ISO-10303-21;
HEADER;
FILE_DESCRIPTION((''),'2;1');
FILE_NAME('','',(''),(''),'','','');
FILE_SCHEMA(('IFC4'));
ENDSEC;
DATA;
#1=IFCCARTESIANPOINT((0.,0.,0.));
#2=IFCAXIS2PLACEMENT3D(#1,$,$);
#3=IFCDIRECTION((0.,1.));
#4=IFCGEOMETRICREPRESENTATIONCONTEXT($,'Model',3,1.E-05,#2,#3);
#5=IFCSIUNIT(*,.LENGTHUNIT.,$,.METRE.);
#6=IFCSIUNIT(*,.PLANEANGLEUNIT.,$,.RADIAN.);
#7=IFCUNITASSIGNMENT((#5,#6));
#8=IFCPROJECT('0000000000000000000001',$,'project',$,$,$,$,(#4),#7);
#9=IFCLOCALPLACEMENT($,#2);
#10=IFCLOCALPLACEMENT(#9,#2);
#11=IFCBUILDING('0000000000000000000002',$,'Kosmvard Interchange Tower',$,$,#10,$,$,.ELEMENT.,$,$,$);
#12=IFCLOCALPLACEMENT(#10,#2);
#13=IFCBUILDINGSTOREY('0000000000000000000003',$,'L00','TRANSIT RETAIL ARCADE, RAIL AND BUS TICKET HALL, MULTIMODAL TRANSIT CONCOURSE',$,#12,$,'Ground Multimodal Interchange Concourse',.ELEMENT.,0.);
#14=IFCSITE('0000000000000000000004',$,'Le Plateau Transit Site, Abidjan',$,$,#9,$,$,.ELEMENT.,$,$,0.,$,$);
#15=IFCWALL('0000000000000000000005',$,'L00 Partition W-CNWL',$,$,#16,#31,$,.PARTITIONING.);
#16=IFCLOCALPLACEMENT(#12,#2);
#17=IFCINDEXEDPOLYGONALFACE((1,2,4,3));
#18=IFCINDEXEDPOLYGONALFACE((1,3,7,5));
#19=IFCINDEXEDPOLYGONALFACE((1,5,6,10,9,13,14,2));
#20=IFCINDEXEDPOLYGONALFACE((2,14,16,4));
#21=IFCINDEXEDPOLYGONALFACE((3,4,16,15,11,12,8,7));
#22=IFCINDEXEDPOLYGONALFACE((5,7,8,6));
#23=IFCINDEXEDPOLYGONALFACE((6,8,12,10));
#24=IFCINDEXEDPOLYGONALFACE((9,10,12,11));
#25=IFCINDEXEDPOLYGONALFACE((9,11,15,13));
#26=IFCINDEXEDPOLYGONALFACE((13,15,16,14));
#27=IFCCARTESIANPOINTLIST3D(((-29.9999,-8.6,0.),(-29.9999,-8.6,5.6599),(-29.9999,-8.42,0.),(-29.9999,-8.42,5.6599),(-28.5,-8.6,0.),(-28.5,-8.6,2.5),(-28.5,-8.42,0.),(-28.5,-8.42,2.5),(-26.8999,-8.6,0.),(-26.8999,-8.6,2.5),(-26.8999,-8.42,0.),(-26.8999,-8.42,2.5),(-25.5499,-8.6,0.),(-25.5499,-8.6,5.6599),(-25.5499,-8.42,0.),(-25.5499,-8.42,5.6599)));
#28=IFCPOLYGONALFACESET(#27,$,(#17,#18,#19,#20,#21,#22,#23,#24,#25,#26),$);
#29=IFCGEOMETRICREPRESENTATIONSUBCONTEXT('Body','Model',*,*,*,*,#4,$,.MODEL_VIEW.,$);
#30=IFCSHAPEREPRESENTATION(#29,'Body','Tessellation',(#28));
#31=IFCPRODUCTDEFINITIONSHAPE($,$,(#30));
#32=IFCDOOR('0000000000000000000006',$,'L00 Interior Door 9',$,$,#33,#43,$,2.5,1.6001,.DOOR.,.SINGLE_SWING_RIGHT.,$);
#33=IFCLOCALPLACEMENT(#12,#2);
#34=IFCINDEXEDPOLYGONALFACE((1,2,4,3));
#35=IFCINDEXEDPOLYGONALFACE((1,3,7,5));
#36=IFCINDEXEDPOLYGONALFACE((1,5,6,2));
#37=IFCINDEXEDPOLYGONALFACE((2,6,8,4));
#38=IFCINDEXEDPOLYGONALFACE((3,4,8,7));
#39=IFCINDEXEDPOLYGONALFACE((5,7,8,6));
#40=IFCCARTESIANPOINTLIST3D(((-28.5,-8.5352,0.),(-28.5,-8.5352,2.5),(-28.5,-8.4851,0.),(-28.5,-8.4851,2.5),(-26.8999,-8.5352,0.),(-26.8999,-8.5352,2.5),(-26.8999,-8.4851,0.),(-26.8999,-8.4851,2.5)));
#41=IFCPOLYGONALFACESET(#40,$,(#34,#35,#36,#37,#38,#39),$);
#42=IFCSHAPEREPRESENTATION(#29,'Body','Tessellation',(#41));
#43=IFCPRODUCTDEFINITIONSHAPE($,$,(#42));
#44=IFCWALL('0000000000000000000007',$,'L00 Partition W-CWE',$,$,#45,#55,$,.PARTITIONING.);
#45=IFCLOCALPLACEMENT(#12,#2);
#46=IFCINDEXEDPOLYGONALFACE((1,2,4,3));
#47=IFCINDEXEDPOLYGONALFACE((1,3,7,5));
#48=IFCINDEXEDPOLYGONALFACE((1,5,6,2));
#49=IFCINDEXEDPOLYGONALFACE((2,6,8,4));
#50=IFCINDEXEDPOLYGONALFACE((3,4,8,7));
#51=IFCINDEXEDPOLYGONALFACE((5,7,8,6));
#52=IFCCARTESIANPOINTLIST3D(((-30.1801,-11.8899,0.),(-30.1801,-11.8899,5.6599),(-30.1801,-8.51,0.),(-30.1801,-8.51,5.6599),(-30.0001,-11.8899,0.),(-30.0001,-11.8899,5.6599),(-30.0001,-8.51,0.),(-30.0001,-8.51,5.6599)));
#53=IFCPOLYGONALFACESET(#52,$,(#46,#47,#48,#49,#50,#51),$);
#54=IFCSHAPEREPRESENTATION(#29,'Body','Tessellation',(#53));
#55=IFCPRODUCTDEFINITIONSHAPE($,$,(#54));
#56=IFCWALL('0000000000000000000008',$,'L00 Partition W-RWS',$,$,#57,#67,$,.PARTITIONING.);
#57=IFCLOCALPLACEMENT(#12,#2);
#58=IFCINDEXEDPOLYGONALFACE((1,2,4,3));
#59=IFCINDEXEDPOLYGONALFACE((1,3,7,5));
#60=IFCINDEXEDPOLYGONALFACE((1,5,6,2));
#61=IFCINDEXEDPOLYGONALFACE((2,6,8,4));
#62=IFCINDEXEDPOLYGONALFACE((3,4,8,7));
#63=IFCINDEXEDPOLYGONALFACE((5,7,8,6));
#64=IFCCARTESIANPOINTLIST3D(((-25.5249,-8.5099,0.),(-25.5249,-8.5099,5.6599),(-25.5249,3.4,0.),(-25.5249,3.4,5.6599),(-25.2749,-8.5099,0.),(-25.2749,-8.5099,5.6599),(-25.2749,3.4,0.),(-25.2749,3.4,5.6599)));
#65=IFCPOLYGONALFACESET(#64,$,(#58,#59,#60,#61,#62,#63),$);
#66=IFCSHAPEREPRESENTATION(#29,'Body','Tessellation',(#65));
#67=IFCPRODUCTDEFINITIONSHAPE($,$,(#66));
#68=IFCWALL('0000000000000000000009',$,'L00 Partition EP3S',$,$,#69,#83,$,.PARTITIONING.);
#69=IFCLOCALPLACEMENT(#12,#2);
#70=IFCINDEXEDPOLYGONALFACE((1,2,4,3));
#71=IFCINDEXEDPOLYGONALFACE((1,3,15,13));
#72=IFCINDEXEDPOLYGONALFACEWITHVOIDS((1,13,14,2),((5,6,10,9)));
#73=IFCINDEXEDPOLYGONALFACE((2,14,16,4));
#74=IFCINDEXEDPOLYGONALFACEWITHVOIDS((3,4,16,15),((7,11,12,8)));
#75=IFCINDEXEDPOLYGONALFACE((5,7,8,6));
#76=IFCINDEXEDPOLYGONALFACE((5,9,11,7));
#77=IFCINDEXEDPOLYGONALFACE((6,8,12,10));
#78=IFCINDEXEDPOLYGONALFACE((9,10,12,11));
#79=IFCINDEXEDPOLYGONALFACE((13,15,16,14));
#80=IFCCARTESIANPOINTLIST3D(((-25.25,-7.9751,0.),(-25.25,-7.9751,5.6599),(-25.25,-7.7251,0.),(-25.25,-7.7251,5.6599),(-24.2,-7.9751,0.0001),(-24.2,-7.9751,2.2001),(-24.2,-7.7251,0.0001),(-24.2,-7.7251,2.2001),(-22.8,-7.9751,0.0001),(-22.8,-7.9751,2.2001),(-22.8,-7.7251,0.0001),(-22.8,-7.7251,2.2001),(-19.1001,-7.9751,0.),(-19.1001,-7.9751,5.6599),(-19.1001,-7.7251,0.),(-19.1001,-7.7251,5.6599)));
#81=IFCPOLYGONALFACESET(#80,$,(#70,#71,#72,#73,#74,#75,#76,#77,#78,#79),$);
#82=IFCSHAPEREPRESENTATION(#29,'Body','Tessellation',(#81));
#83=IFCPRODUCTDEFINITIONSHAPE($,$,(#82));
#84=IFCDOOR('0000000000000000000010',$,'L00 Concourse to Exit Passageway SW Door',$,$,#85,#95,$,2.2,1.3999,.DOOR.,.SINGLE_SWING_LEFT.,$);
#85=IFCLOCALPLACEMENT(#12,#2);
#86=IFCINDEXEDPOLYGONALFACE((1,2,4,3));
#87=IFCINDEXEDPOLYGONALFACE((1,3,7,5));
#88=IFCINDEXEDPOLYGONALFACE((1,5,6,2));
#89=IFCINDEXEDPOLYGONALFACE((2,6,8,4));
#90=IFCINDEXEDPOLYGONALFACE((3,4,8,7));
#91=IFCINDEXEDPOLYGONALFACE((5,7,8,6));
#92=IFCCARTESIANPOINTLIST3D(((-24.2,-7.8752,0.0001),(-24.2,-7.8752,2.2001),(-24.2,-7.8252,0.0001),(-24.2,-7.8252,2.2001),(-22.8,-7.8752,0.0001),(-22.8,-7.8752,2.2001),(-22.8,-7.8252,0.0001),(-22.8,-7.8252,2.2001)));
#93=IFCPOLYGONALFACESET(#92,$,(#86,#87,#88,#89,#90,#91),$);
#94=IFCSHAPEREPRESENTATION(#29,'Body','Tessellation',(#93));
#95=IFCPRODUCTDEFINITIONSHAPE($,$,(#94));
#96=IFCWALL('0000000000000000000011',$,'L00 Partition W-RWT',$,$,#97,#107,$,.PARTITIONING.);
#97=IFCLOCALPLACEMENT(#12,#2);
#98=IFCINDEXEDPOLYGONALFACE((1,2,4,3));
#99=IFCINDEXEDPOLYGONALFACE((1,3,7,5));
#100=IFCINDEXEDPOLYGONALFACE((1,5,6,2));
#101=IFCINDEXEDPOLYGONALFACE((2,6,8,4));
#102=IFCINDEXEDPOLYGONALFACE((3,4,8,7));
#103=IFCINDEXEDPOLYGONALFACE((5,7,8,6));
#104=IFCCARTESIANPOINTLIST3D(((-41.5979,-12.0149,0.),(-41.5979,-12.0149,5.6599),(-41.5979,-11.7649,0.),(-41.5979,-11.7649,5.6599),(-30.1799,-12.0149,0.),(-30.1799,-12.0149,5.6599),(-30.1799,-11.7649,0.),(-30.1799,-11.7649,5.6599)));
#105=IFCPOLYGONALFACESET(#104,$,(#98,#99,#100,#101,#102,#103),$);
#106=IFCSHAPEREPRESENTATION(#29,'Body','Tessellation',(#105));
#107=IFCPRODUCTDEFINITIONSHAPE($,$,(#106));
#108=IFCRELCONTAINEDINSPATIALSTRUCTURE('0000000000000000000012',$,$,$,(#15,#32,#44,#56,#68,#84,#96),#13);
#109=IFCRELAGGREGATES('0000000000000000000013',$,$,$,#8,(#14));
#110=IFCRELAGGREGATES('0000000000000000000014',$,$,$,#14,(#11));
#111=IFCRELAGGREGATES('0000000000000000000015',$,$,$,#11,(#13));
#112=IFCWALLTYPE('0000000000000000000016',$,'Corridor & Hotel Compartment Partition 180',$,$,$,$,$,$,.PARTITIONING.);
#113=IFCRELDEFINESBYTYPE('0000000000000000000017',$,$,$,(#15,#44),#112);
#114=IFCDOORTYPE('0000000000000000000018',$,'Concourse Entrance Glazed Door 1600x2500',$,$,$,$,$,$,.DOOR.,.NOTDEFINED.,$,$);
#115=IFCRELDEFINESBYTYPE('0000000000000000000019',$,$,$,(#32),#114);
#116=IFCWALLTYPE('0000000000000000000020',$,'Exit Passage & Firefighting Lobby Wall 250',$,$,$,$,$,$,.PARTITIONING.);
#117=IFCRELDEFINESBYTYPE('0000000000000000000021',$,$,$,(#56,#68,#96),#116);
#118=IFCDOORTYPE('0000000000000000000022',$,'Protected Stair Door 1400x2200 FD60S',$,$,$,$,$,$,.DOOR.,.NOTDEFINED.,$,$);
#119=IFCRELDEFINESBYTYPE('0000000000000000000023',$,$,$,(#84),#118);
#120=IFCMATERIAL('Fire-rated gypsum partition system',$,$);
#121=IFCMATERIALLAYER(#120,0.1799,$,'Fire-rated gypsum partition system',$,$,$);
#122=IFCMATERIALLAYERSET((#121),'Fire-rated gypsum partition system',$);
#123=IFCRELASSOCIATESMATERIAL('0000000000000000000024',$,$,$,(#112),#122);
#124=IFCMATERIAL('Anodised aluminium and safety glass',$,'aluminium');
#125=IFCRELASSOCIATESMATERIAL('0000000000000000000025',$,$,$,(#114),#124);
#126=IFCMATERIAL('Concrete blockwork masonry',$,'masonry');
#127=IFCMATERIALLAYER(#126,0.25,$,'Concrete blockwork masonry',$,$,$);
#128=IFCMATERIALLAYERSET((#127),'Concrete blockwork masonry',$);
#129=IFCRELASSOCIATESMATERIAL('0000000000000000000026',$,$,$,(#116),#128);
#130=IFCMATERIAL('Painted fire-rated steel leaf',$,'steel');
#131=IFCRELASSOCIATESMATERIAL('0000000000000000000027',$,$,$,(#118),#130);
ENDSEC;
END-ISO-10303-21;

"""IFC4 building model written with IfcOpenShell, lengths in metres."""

from ifc_helpers import new_model, si_unit, direction, frame, frame_2d, origin, place, context, subcontext, project, spatial, rectangle, extrude, source, transform, mapped, material, layer, layer_set, type_object, element, fill, save


model = new_model("IFC4")

# Units and contexts
model_context = context("Model", 3, precision=1e-05, world=origin(), true_north=direction((0.0, 1.0)))
body_context = subcontext(model_context, "Body", "Model", "MODEL_VIEW")
ifc_project = project(units=[si_unit("LENGTHUNIT", "METRE"), si_unit("PLANEANGLEUNIT", "RADIAN")], contexts=[model_context])

# Site, building, storey
site_placement = place(None, origin())
site = spatial("IfcSite", under=ifc_project, at=site_placement, Name="Le Plateau Transit Site, Abidjan", CompositionType="ELEMENT", RefElevation=0.0)
building_placement = place(site_placement, origin())
building = spatial("IfcBuilding", under=site, at=building_placement, Name="Kosmvard Interchange Tower", CompositionType="ELEMENT")
storey_placement = place(building_placement, origin())
storey = spatial("IfcBuildingStorey", under=building, at=storey_placement, Name="L00", Description="TRANSIT RETAIL ARCADE, RAIL AND BUS TICKET HALL, MULTIMODAL TRANSIT CONCOURSE", LongName="Ground Multimodal Interchange Concourse", CompositionType="ELEMENT", Elevation=0.0)

# Shared definitions
ifc_material_1 = material(Name="Fire-rated gypsum partition system")
ifc_layer_1 = layer(ifc_material_1, 0.1799, Name="Fire-rated gypsum partition system")
ifc_layer_set_1 = layer_set([ifc_layer_1], Name="Fire-rated gypsum partition system")
wall_type_1 = type_object("IfcWallType", Name="Corridor & Hotel Compartment Partition 180", PredefinedType="PARTITIONING", material=ifc_layer_set_1)
ifc_material_2 = material(Name="Painted fire-rated steel leaf", Category="steel")
ifc_material_3 = material(Name="Anodised aluminium and safety glass", Category="aluminium")
door_type_1 = type_object("IfcDoorType", Name="Concourse Entrance Glazed Door 1600x2500", OperationType="NOTDEFINED", PredefinedType="DOOR", material=ifc_material_3)
shared_shape_1 = source(origin(), body_context, "Body", "SweptSolid", [
    extrude(rectangle(XDim=1.6001, YDim=2.5, at=frame_2d((0.8, 1.25))), frame((0.0, 0.0249, 0.0), z_axis=(0.0, -1.0, 0.0), x_axis=(1.0, 0.0, 0.0)), (0.0, 0.0, 1.0), 0.05),
])

# Wall, opening, door
wall_1_placement = place(storey_placement, frame((-30.0, -8.51, 0.0), z_axis=(0.0, 0.0, 1.0), x_axis=(1.0, 0.0, 0.0)))
wall_1 = element("IfcWall", 1, at=wall_1_placement, inside=storey, type_object=wall_type_1, Name="L00 Partition W-CNWL", PredefinedType="PARTITIONING", context=body_context, shape_type="SweptSolid", body=[
    extrude(rectangle(XDim=4.45, YDim=0.1799, at=frame_2d((2.2251, 0.0))), origin(), (0.0, 0.0, 1.0), 5.6599),
])
opening_1_placement = place(wall_1_placement, frame((1.5, 0.0, 0.0)))
opening_1 = element("IfcOpeningElement", 2, at=opening_1_placement, cuts=wall_1, PredefinedType="OPENING", context=body_context, shape_type="SweptSolid", body=[
    extrude(rectangle(XDim=1.6001, YDim=2.5, at=frame_2d((0.8, 1.25))), frame((0.0, 0.1001, 0.0), z_axis=(0.0, -1.0, 0.0), x_axis=(1.0, 0.0, 0.0)), (0.0, 0.0, 1.0), 0.2),
])
door_1_placement = place(opening_1_placement, origin())
door_1 = element("IfcDoor", 3, at=door_1_placement, inside=storey, type_object=door_type_1, Name="L00 Interior Door 9", OperationType="SINGLE_SWING_RIGHT", OverallHeight=2.5, OverallWidth=1.6001, PredefinedType="DOOR", context=body_context, shape_type="MappedRepresentation", body=[
    mapped(shared_shape_1, transform((0.0, 0.0, 0.0), scale=1.0)),
])
fill(opening_1, door_1)

# Walls
wall_2_placement = place(storey_placement, frame((-30.0901, -11.8899, 0.0), z_axis=(0.0, 0.0, 1.0), x_axis=(0.0, 1.0, 0.0)))
element("IfcWall", 4, at=wall_2_placement, inside=storey, type_object=wall_type_1, Name="L00 Partition W-CWE", PredefinedType="PARTITIONING", context=body_context, shape_type="SweptSolid", body=[
    extrude(rectangle(XDim=3.3799, YDim=0.1799, at=frame_2d((1.6899, 0.0))), origin(), (0.0, 0.0, 1.0), 5.6599),
])
ifc_material_4 = material(Name="Concrete blockwork masonry", Category="masonry")
ifc_layer_2 = layer(ifc_material_4, 0.25, Name="Concrete blockwork masonry")
ifc_layer_set_2 = layer_set([ifc_layer_2], Name="Concrete blockwork masonry")
wall_type_2 = type_object("IfcWallType", Name="Exit Passage & Firefighting Lobby Wall 250", PredefinedType="PARTITIONING", material=ifc_layer_set_2)
wall_3_placement = place(storey_placement, frame((-25.3999, -8.51, 0.0), z_axis=(0.0, 0.0, 1.0), x_axis=(0.0, 1.0, 0.0)))
element("IfcWall", 5, at=wall_3_placement, inside=storey, type_object=wall_type_2, Name="L00 Partition W-RWS", PredefinedType="PARTITIONING", context=body_context, shape_type="SweptSolid", body=[
    extrude(rectangle(XDim=11.9099, YDim=0.25, at=frame_2d((5.9551, 0.0))), origin(), (0.0, 0.0, 1.0), 5.6599),
])

# Wall, opening, door
wall_4_placement = place(storey_placement, frame((-25.25, -7.8501, 0.0), z_axis=(0.0, 0.0, 1.0), x_axis=(1.0, 0.0, 0.0)))
wall_4 = element("IfcWall", 6, at=wall_4_placement, inside=storey, type_object=wall_type_2, Name="L00 Partition EP3S", PredefinedType="PARTITIONING", context=body_context, shape_type="SweptSolid", body=[
    extrude(rectangle(XDim=6.1499, YDim=0.25, at=frame_2d((3.075, 0.0))), origin(), (0.0, 0.0, 1.0), 5.6599),
])
opening_2_placement = place(wall_4_placement, frame((1.05, 0.0, 0.0)))
opening_2 = element("IfcOpeningElement", 7, at=opening_2_placement, cuts=wall_4, PredefinedType="OPENING", context=body_context, shape_type="SweptSolid", body=[
    extrude(rectangle(XDim=1.3999, YDim=2.2, at=frame_2d((0.7, 1.1001))), frame((0.0, 0.135, 0.0), z_axis=(0.0, -1.0, 0.0), x_axis=(1.0, 0.0, 0.0)), (0.0, 0.0, 1.0), 0.27),
])
door_type_2 = type_object("IfcDoorType", Name="Protected Stair Door 1400x2200 FD60S", OperationType="NOTDEFINED", PredefinedType="DOOR", material=ifc_material_2)
shared_shape_2 = source(origin(), body_context, "Body", "SweptSolid", [
    extrude(rectangle(XDim=1.3999, YDim=2.2, at=frame_2d((0.7, 1.1001))), frame((0.0, 0.0249, 0.0), z_axis=(0.0, -1.0, 0.0), x_axis=(1.0, 0.0, 0.0)), (0.0, 0.0, 1.0), 0.05),
])
door_2_placement = place(opening_2_placement, origin())
door_2 = element("IfcDoor", 8, at=door_2_placement, inside=storey, type_object=door_type_2, Name="L00 Concourse to Exit Passageway SW Door", OperationType="SINGLE_SWING_LEFT", OverallHeight=2.2, OverallWidth=1.3999, PredefinedType="DOOR", context=body_context, shape_type="MappedRepresentation", body=[
    mapped(shared_shape_2, transform((0.0, 0.0, 0.0), scale=1.0)),
])
fill(opening_2, door_2)

# Wall
wall_5_placement = place(storey_placement, frame((-41.5979, -11.8899, 0.0), z_axis=(0.0, 0.0, 1.0), x_axis=(1.0, 0.0, 0.0)))
element("IfcWall", 9, at=wall_5_placement, inside=storey, type_object=wall_type_2, Name="L00 Partition W-RWT", PredefinedType="PARTITIONING", context=body_context, shape_type="SweptSolid", body=[
    extrude(rectangle(XDim=11.418, YDim=0.25, at=frame_2d((5.709, 0.0))), origin(), (0.0, 0.0, 1.0), 5.6599),
])

save(model, "model.ifc")
